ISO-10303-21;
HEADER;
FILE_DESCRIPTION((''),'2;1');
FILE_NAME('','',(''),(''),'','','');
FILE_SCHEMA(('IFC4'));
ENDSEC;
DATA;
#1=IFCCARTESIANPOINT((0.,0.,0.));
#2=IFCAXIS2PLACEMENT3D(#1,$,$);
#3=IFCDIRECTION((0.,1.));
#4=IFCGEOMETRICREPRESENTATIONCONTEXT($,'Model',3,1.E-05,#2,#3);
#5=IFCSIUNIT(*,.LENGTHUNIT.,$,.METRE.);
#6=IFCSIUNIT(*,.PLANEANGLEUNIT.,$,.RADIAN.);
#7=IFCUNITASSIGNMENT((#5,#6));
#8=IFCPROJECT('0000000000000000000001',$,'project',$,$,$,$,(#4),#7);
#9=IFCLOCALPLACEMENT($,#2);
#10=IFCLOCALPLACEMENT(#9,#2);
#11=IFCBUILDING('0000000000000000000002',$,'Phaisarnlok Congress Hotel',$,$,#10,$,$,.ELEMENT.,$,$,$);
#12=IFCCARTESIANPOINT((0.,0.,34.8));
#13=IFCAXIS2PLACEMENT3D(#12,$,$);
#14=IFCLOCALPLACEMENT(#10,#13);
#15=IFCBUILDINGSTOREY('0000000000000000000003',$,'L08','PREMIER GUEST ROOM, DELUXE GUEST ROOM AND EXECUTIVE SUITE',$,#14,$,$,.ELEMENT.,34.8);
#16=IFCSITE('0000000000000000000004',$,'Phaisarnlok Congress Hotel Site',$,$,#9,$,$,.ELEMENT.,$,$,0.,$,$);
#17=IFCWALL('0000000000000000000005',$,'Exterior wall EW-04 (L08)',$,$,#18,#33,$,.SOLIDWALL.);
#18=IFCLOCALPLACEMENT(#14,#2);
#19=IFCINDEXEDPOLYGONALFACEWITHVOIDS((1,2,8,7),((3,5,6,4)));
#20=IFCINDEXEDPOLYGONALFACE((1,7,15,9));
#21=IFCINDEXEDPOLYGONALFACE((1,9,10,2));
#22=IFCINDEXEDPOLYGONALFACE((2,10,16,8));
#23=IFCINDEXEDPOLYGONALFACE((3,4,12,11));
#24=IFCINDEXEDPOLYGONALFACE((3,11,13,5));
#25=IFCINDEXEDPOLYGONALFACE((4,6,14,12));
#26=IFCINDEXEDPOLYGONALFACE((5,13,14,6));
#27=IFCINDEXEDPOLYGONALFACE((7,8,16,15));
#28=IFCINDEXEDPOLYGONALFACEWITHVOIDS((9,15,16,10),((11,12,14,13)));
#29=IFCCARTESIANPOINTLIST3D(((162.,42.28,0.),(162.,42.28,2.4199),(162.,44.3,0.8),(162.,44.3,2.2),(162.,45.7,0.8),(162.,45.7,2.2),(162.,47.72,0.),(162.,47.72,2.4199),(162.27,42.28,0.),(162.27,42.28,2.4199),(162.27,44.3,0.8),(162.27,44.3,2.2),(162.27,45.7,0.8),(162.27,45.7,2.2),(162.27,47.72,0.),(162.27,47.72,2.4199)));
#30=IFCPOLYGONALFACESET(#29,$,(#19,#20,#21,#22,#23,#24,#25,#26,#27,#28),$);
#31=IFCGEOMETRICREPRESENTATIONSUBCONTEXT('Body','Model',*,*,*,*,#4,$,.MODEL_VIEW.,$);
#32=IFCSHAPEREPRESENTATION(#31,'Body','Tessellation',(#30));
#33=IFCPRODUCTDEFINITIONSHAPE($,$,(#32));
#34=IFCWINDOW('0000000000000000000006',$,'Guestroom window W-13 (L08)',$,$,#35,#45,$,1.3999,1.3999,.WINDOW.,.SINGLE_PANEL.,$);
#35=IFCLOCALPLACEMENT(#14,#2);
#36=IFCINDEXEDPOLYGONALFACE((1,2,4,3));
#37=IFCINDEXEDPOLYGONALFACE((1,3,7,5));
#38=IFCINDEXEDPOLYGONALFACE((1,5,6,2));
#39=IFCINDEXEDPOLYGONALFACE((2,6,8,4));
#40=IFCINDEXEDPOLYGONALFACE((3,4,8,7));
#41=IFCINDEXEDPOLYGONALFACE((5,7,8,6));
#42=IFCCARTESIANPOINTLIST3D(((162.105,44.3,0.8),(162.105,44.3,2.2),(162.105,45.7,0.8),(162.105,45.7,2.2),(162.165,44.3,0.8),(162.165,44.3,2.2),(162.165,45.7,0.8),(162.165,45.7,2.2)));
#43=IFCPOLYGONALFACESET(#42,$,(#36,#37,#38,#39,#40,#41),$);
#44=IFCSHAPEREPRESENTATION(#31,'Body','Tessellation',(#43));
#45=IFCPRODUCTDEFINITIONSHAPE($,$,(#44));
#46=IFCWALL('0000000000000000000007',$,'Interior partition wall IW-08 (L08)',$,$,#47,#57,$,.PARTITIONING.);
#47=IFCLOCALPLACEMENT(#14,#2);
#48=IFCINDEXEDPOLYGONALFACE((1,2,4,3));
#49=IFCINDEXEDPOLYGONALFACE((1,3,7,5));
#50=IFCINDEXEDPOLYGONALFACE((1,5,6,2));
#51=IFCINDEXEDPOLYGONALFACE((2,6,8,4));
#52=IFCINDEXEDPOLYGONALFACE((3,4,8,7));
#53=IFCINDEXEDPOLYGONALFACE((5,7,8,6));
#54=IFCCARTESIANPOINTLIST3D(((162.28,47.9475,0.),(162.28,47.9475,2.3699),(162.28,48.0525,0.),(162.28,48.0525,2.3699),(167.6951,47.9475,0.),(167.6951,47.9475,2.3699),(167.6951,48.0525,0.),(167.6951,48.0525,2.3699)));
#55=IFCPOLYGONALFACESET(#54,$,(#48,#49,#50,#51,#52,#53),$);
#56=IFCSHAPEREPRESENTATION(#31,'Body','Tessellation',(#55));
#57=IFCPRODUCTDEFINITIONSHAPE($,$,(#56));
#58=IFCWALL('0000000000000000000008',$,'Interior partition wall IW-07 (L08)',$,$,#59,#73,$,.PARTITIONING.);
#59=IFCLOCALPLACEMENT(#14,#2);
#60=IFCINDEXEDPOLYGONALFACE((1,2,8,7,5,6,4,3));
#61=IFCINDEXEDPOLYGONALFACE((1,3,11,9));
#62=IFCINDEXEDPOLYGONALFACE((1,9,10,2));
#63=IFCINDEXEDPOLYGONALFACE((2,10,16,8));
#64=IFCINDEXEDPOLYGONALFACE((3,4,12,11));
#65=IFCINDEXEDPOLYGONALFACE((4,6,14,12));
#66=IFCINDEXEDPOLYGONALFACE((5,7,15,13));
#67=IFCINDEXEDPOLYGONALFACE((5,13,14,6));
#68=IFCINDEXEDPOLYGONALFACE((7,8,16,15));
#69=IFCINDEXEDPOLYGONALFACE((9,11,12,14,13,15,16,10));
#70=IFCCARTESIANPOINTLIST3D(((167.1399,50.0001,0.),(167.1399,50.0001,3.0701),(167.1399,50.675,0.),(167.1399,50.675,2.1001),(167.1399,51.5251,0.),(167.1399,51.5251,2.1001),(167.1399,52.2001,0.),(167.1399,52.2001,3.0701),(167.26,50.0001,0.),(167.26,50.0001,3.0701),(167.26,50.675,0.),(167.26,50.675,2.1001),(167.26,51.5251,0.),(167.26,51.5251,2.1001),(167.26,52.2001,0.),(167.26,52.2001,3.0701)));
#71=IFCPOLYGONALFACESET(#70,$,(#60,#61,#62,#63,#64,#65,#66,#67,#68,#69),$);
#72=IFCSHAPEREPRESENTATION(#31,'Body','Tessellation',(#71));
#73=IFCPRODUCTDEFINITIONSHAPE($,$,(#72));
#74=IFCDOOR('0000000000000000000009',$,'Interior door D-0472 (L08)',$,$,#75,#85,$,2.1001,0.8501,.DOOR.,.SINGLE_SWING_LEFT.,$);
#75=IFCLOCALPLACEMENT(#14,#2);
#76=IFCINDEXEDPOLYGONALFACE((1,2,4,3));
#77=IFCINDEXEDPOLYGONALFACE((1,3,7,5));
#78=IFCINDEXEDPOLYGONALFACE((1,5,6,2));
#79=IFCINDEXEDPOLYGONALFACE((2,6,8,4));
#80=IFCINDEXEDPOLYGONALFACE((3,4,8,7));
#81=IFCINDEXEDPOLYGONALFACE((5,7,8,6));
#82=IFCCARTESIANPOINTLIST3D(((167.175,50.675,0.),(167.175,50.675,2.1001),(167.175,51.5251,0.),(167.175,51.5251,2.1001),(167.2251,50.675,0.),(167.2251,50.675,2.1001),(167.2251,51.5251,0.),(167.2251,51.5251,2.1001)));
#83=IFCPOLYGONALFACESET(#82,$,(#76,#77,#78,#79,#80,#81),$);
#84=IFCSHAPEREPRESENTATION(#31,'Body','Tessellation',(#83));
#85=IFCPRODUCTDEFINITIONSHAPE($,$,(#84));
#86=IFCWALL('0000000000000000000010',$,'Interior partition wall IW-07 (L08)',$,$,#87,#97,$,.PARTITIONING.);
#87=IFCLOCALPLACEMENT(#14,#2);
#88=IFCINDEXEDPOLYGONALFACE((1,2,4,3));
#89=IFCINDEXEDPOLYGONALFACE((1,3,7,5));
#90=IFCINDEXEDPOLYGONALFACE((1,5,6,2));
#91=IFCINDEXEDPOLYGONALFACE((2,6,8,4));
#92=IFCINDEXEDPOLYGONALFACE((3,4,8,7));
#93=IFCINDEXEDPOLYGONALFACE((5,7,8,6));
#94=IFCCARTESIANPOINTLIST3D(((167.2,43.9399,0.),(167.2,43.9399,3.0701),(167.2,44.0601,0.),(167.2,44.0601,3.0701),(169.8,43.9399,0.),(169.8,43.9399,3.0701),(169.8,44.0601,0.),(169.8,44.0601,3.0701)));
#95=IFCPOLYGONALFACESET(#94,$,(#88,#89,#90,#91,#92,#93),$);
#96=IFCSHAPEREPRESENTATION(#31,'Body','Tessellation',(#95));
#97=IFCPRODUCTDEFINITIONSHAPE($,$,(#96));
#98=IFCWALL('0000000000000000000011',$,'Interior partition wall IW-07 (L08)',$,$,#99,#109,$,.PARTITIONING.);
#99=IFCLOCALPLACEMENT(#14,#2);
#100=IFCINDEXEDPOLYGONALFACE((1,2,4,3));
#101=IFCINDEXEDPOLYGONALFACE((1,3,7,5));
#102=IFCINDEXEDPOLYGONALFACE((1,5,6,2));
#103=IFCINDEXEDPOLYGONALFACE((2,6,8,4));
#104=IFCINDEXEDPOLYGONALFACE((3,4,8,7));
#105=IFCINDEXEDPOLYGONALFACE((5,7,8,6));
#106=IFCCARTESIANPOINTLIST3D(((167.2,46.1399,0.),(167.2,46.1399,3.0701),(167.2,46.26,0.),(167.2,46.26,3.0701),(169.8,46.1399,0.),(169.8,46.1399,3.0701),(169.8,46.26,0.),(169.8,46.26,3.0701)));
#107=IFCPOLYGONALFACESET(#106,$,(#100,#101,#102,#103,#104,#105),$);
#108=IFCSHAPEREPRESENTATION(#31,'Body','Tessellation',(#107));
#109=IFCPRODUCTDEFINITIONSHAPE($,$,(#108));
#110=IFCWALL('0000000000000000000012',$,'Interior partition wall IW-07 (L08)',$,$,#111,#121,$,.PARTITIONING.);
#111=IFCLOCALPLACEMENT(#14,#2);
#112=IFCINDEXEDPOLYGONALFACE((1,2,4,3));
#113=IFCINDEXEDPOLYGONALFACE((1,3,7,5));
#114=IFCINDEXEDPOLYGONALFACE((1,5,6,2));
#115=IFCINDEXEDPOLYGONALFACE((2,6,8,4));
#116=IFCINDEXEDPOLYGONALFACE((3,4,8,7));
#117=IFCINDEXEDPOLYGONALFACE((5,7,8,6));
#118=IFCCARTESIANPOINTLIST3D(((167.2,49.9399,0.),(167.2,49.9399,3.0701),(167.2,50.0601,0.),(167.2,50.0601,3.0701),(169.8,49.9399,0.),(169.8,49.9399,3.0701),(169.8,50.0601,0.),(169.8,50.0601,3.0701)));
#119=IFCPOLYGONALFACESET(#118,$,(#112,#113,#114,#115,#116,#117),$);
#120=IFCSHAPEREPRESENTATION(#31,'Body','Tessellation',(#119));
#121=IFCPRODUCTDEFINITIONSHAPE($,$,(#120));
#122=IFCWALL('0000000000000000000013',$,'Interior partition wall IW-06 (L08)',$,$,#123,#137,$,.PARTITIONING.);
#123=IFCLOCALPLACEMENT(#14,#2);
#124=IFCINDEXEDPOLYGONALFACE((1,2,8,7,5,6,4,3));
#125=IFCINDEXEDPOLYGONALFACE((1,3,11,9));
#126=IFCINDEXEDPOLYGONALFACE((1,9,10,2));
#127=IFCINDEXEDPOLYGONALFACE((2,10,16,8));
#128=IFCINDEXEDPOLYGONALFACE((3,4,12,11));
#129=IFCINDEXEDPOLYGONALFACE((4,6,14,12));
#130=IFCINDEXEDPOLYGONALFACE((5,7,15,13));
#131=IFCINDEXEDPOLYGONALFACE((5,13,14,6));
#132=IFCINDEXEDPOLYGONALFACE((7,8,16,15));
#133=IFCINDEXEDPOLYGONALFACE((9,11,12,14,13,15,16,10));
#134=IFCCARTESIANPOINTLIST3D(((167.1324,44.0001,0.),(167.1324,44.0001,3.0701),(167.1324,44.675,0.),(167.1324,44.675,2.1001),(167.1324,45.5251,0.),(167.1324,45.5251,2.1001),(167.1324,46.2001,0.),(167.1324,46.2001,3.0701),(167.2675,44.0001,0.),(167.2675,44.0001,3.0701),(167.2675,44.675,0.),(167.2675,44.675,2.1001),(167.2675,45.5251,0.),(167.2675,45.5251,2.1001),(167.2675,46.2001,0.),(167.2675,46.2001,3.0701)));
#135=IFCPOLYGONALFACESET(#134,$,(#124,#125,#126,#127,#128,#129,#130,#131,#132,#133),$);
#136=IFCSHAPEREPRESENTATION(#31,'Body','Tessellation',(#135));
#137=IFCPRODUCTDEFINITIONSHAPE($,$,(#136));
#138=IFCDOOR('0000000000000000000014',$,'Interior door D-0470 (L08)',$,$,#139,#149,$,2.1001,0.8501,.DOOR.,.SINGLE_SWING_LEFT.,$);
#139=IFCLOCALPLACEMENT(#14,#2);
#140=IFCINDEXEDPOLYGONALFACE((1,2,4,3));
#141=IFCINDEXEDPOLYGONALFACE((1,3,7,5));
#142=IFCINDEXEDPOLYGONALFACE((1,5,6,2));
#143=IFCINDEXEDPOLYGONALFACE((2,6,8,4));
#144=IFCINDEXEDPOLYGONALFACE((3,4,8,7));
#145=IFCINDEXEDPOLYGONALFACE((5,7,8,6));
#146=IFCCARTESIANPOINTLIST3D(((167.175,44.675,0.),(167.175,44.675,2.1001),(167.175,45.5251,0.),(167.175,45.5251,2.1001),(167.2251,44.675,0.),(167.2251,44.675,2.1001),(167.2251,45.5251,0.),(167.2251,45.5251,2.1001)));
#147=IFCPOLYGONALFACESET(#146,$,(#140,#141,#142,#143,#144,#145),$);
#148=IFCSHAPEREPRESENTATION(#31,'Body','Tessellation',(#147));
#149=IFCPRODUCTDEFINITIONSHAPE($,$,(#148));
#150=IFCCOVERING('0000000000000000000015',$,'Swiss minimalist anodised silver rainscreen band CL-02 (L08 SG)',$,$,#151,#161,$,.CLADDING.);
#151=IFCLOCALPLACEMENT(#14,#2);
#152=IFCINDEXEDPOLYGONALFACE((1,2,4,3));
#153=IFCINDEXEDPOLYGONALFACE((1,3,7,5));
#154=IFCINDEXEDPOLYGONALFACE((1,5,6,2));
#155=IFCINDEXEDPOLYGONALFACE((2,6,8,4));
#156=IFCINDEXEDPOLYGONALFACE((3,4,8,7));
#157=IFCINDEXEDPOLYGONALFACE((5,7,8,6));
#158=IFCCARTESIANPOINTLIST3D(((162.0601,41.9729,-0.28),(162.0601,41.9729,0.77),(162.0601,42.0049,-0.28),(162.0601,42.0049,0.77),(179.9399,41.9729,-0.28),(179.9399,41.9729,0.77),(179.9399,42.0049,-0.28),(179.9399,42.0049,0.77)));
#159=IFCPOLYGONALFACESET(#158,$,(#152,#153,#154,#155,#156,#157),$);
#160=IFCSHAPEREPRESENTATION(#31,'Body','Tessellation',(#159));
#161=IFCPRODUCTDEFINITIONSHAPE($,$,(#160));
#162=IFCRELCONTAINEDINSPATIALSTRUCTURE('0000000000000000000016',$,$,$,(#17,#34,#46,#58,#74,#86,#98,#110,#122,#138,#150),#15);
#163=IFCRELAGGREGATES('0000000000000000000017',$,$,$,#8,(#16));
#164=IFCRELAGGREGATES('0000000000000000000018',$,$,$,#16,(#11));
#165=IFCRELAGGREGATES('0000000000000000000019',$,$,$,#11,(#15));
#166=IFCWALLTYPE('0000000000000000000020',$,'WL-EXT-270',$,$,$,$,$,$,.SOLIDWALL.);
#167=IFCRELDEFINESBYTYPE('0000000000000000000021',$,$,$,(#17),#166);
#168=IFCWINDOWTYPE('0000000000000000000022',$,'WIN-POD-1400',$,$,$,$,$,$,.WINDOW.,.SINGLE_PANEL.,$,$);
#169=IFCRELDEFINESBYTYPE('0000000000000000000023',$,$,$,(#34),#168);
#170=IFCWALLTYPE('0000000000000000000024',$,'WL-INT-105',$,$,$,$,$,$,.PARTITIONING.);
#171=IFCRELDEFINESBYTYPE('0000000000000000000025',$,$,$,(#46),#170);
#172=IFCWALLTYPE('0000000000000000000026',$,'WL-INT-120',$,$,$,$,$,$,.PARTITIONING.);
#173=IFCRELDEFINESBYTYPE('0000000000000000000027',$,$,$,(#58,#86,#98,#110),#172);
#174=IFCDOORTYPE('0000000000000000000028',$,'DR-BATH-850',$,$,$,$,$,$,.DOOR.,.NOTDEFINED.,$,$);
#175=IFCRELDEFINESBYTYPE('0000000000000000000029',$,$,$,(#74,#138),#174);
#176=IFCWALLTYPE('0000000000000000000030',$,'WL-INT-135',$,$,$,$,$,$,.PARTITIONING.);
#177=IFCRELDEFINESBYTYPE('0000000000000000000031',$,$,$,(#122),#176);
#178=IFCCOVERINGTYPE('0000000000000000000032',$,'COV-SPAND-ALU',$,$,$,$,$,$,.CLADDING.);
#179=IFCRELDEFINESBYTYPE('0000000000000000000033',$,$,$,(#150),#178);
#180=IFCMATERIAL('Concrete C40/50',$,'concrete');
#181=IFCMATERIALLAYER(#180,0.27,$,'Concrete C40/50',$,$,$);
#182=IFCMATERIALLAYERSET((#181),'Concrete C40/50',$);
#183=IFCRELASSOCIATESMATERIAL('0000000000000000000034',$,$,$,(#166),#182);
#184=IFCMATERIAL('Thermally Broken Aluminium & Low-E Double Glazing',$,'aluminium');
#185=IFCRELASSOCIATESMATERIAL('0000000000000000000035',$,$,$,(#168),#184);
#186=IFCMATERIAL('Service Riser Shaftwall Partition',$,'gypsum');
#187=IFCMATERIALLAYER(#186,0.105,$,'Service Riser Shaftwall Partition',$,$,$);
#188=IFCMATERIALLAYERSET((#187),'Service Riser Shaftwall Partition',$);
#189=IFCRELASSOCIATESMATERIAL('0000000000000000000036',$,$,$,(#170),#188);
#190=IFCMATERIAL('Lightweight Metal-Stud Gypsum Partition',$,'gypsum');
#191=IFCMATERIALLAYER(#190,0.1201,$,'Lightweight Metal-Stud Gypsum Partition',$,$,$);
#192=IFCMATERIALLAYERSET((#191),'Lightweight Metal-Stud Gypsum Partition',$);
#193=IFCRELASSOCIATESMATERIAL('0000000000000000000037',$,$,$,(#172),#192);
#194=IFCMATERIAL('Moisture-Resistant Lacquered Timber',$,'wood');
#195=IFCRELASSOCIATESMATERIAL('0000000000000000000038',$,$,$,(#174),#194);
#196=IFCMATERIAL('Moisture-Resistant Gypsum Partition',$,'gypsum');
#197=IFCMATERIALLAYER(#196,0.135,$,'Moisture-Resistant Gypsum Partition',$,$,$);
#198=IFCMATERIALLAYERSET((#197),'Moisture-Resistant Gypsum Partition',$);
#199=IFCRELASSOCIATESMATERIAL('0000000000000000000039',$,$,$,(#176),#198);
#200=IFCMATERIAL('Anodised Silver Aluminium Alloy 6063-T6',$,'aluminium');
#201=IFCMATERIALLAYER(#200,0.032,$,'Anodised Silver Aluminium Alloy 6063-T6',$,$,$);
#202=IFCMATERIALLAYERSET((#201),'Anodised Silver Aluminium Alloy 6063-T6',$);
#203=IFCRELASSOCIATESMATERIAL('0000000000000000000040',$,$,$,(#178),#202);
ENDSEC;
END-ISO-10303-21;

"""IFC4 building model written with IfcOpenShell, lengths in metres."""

from ifc_helpers import new_model, si_unit, direction, frame, frame_2d, origin, place, context, subcontext, project, spatial, polyline, rectangle, outline, extrude, material, layer, layer_set, type_object, element, fill, save


model = new_model("IFC4")

# Units and contexts
model_context = context("Model", 3, precision=1e-05, world=origin(), true_north=direction((0.0, 1.0)))
body_context = subcontext(model_context, "Body", "Model", "MODEL_VIEW")
ifc_project = project(units=[si_unit("LENGTHUNIT", "METRE"), si_unit("PLANEANGLEUNIT", "RADIAN")], contexts=[model_context])

# Site, building, storey
site_placement = place(None, origin())
site = spatial("IfcSite", under=ifc_project, at=site_placement, Name="Phaisarnlok Congress Hotel Site", CompositionType="ELEMENT", RefElevation=0.0)
building_placement = place(site_placement, origin())
building = spatial("IfcBuilding", under=site, at=building_placement, Name="Phaisarnlok Congress Hotel", CompositionType="ELEMENT")
storey_placement = place(building_placement, frame((0.0, 0.0, 34.8)))
storey = spatial("IfcBuildingStorey", under=building, at=storey_placement, Name="L08", Description="PREMIER GUEST ROOM, DELUXE GUEST ROOM AND EXECUTIVE SUITE", CompositionType="ELEMENT", Elevation=34.8)

# Shared definitions
ifc_material_1 = material(Name="Concrete C40/50", Category="concrete")

# Wall, opening, window
ifc_layer_1 = layer(ifc_material_1, 0.27, Name="Concrete C40/50")
ifc_layer_set_1 = layer_set([ifc_layer_1], Name="Concrete C40/50")
wall_type_1 = type_object("IfcWallType", Name="WL-EXT-270", PredefinedType="SOLIDWALL", material=ifc_layer_set_1)
wall_1_placement = place(storey_placement, frame((162.135, 47.72, 0.0), z_axis=(0.0, 0.0, 1.0), x_axis=(0.0, -1.0, 0.0)))
wall_1 = element("IfcWall", 1, at=wall_1_placement, inside=storey, type_object=wall_type_1, Name="Exterior wall EW-04 (L08)", PredefinedType="SOLIDWALL", context=body_context, shape_type="SweptSolid", body=[
    extrude(rectangle(XDim=5.4399, YDim=0.27, at=frame_2d((2.72, 0.0))), origin(), (0.0, 0.0, 1.0), 2.4199),
])
opening_1_placement = place(wall_1_placement, frame((2.02, 0.0, 0.8)))
opening_1 = element("IfcOpeningElement", 2, at=opening_1_placement, cuts=wall_1, PredefinedType="OPENING", context=body_context, shape_type="SweptSolid", body=[
    extrude(rectangle(XDim=1.3999, YDim=1.3999, at=frame_2d((0.7, 0.7))), frame((0.0, 0.145, 0.0), z_axis=(0.0, -1.0, 0.0), x_axis=(1.0, 0.0, 0.0)), (0.0, 0.0, 1.0), 0.29),
])
ifc_material_2 = material(Name="Thermally Broken Aluminium & Low-E Double Glazing", Category="aluminium")
window_type = type_object("IfcWindowType", Name="WIN-POD-1400", PartitioningType="SINGLE_PANEL", PredefinedType="WINDOW", material=ifc_material_2)
window_placement = place(opening_1_placement, origin())
window = element("IfcWindow", 3, at=window_placement, inside=storey, type_object=window_type, Name="Guestroom window W-13 (L08)", OverallHeight=1.3999, OverallWidth=1.3999, PartitioningType="SINGLE_PANEL", PredefinedType="WINDOW", context=body_context, shape_type="SweptSolid", body=[
    extrude(rectangle(XDim=1.3999, YDim=1.3999, at=frame_2d((0.7, 0.7))), frame((0.0, 0.03, 0.0), z_axis=(0.0, -1.0, 0.0), x_axis=(1.0, 0.0, 0.0)), (0.0, 0.0, 1.0), 0.0601),
])
fill(opening_1, window)

# Wall
ifc_material_3 = material(Name="Service Riser Shaftwall Partition", Category="gypsum")
ifc_layer_2 = layer(ifc_material_3, 0.105, Name="Service Riser Shaftwall Partition")
ifc_layer_set_2 = layer_set([ifc_layer_2], Name="Service Riser Shaftwall Partition")
wall_type_2 = type_object("IfcWallType", Name="WL-INT-105", PredefinedType="PARTITIONING", material=ifc_layer_set_2)
wall_2_placement = place(storey_placement, frame((162.28, 48.0, 0.0), z_axis=(0.0, 0.0, 1.0), x_axis=(1.0, 0.0, 0.0)))
element("IfcWall", 4, at=wall_2_placement, inside=storey, type_object=wall_type_2, Name="Interior partition wall IW-08 (L08)", PredefinedType="PARTITIONING", context=body_context, shape_type="SweptSolid", body=[
    extrude(rectangle(XDim=5.415, YDim=0.105, at=frame_2d((2.7075, 0.0))), origin(), (0.0, 0.0, 1.0), 2.3699),
])

# Wall, opening, door
ifc_material_4 = material(Name="Lightweight Metal-Stud Gypsum Partition", Category="gypsum")
ifc_layer_3 = layer(ifc_material_4, 0.1201, Name="Lightweight Metal-Stud Gypsum Partition")
ifc_layer_set_3 = layer_set([ifc_layer_3], Name="Lightweight Metal-Stud Gypsum Partition")
wall_type_3 = type_object("IfcWallType", Name="WL-INT-120", PredefinedType="PARTITIONING", material=ifc_layer_set_3)
wall_3_placement = place(storey_placement, frame((167.2, 50.0, 0.0), z_axis=(0.0, 0.0, 1.0), x_axis=(0.0, 1.0, 0.0)))
wall_3 = element("IfcWall", 5, at=wall_3_placement, inside=storey, type_object=wall_type_3, Name="Interior partition wall IW-07 (L08)", PredefinedType="PARTITIONING", context=body_context, shape_type="SweptSolid", body=[
    extrude(rectangle(XDim=2.2, YDim=0.1201, at=frame_2d((1.1001, 0.0))), origin(), (0.0, 0.0, 1.0), 3.0701),
])
opening_2_placement = place(wall_3_placement, frame((0.675, 0.0, 0.0)))
opening_2 = element("IfcOpeningElement", 6, at=opening_2_placement, cuts=wall_3, PredefinedType="OPENING", context=body_context, shape_type="SweptSolid", body=[
    extrude(rectangle(XDim=0.8501, YDim=2.1001, at=frame_2d((0.425, 1.05))), frame((0.0, 0.0701, 0.0), z_axis=(0.0, -1.0, 0.0), x_axis=(1.0, 0.0, 0.0)), (0.0, 0.0, 1.0), 0.1401),
])
ifc_material_5 = material(Name="Moisture-Resistant Lacquered Timber", Category="wood")
door_type = type_object("IfcDoorType", Name="DR-BATH-850", OperationType="NOTDEFINED", PredefinedType="DOOR", material=ifc_material_5)
door_1_placement = place(opening_2_placement, origin())
door_1 = element("IfcDoor", 7, at=door_1_placement, inside=storey, type_object=door_type, Name="Interior door D-0472 (L08)", OperationType="SINGLE_SWING_LEFT", OverallHeight=2.1001, OverallWidth=0.8501, PredefinedType="DOOR", context=body_context, shape_type="SweptSolid", body=[
    extrude(rectangle(XDim=0.8501, YDim=2.1001, at=frame_2d((0.425, 1.05))), frame((0.0, 0.0249, 0.0), z_axis=(0.0, -1.0, 0.0), x_axis=(1.0, 0.0, 0.0)), (0.0, 0.0, 1.0), 0.05),
])
fill(opening_2, door_1)

# Walls
for number, where, z_axis, x_axis, name in (
    (8, (167.2, 44.0, 0.0), (0.0, 0.0, 1.0), (1.0, 0.0, 0.0), "Interior partition wall IW-07 (L08)"),
    (9, (167.2, 46.2, 0.0), (0.0, 0.0, 1.0), (1.0, 0.0, 0.0), "Interior partition wall IW-07 (L08)"),
    (10, (167.2, 50.0, 0.0), (0.0, 0.0, 1.0), (1.0, 0.0, 0.0), "Interior partition wall IW-07 (L08)"),
):
    element("IfcWall", number, at=place(storey_placement, frame(where, z_axis=z_axis, x_axis=x_axis)), inside=storey, type_object=wall_type_3, Name=name, PredefinedType="PARTITIONING", context=body_context, shape_type="SweptSolid", body=[
        extrude(rectangle(XDim=2.6001, YDim=0.1201, at=frame_2d((1.3, 0.0))), origin(), (0.0, 0.0, 1.0), 3.0701),
    ])

# Wall, opening, door
ifc_material_6 = material(Name="Moisture-Resistant Gypsum Partition", Category="gypsum")
ifc_layer_4 = layer(ifc_material_6, 0.135, Name="Moisture-Resistant Gypsum Partition")
ifc_layer_set_4 = layer_set([ifc_layer_4], Name="Moisture-Resistant Gypsum Partition")
wall_type_4 = type_object("IfcWallType", Name="WL-INT-135", PredefinedType="PARTITIONING", material=ifc_layer_set_4)
wall_4_placement = place(storey_placement, frame((167.2, 44.0, 0.0), z_axis=(0.0, 0.0, 1.0), x_axis=(0.0, 1.0, 0.0)))
wall_4 = element("IfcWall", 11, at=wall_4_placement, inside=storey, type_object=wall_type_4, Name="Interior partition wall IW-06 (L08)", PredefinedType="PARTITIONING", context=body_context, shape_type="SweptSolid", body=[
    extrude(rectangle(XDim=2.2, YDim=0.135, at=frame_2d((1.1001, 0.0))), origin(), (0.0, 0.0, 1.0), 3.0701),
])
opening_3_placement = place(wall_4_placement, frame((0.675, 0.0, 0.0)))
opening_3 = element("IfcOpeningElement", 12, at=opening_3_placement, cuts=wall_4, PredefinedType="OPENING", context=body_context, shape_type="SweptSolid", body=[
    extrude(rectangle(XDim=0.8501, YDim=2.1001, at=frame_2d((0.425, 1.05))), frame((0.0, 0.0776, 0.0), z_axis=(0.0, -1.0, 0.0), x_axis=(1.0, 0.0, 0.0)), (0.0, 0.0, 1.0), 0.155),
])
door_2_placement = place(opening_3_placement, origin())
door_2 = element("IfcDoor", 13, at=door_2_placement, inside=storey, type_object=door_type, Name="Interior door D-0470 (L08)", OperationType="SINGLE_SWING_LEFT", OverallHeight=2.1001, OverallWidth=0.8501, PredefinedType="DOOR", context=body_context, shape_type="SweptSolid", body=[
    extrude(rectangle(XDim=0.8501, YDim=2.1001, at=frame_2d((0.425, 1.05))), frame((0.0, 0.0249, 0.0), z_axis=(0.0, -1.0, 0.0), x_axis=(1.0, 0.0, 0.0)), (0.0, 0.0, 1.0), 0.05),
])
fill(opening_3, door_2)

# Covering
ifc_material_7 = material(Name="Anodised Silver Aluminium Alloy 6063-T6", Category="aluminium")
ifc_layer_5 = layer(ifc_material_7, 0.032, Name="Anodised Silver Aluminium Alloy 6063-T6")
ifc_layer_set_5 = layer_set([ifc_layer_5], Name="Anodised Silver Aluminium Alloy 6063-T6")
covering_type = type_object("IfcCoveringType", Name="COV-SPAND-ALU", PredefinedType="CLADDING", material=ifc_layer_set_5)
covering_placement = place(storey_placement, frame((162.0601, 42.0049, -0.28), z_axis=(0.0, -1.0, 0.0), x_axis=(1.0, 0.0, 0.0)))
element("IfcCovering", 14, at=covering_placement, inside=storey, type_object=covering_type, Name="Swiss minimalist anodised silver rainscreen band CL-02 (L08 SG)", PredefinedType="CLADDING", context=body_context, shape_type="SweptSolid", body=[
    extrude(outline(polyline([(0.0, 0.0), (17.8799, 0.0), (17.8799, 1.05), (0.0, 1.05), (0.0, 0.0)])), origin(), (0.0, 0.0, 1.0), 0.032),
])

save(model, "model.ifc")
